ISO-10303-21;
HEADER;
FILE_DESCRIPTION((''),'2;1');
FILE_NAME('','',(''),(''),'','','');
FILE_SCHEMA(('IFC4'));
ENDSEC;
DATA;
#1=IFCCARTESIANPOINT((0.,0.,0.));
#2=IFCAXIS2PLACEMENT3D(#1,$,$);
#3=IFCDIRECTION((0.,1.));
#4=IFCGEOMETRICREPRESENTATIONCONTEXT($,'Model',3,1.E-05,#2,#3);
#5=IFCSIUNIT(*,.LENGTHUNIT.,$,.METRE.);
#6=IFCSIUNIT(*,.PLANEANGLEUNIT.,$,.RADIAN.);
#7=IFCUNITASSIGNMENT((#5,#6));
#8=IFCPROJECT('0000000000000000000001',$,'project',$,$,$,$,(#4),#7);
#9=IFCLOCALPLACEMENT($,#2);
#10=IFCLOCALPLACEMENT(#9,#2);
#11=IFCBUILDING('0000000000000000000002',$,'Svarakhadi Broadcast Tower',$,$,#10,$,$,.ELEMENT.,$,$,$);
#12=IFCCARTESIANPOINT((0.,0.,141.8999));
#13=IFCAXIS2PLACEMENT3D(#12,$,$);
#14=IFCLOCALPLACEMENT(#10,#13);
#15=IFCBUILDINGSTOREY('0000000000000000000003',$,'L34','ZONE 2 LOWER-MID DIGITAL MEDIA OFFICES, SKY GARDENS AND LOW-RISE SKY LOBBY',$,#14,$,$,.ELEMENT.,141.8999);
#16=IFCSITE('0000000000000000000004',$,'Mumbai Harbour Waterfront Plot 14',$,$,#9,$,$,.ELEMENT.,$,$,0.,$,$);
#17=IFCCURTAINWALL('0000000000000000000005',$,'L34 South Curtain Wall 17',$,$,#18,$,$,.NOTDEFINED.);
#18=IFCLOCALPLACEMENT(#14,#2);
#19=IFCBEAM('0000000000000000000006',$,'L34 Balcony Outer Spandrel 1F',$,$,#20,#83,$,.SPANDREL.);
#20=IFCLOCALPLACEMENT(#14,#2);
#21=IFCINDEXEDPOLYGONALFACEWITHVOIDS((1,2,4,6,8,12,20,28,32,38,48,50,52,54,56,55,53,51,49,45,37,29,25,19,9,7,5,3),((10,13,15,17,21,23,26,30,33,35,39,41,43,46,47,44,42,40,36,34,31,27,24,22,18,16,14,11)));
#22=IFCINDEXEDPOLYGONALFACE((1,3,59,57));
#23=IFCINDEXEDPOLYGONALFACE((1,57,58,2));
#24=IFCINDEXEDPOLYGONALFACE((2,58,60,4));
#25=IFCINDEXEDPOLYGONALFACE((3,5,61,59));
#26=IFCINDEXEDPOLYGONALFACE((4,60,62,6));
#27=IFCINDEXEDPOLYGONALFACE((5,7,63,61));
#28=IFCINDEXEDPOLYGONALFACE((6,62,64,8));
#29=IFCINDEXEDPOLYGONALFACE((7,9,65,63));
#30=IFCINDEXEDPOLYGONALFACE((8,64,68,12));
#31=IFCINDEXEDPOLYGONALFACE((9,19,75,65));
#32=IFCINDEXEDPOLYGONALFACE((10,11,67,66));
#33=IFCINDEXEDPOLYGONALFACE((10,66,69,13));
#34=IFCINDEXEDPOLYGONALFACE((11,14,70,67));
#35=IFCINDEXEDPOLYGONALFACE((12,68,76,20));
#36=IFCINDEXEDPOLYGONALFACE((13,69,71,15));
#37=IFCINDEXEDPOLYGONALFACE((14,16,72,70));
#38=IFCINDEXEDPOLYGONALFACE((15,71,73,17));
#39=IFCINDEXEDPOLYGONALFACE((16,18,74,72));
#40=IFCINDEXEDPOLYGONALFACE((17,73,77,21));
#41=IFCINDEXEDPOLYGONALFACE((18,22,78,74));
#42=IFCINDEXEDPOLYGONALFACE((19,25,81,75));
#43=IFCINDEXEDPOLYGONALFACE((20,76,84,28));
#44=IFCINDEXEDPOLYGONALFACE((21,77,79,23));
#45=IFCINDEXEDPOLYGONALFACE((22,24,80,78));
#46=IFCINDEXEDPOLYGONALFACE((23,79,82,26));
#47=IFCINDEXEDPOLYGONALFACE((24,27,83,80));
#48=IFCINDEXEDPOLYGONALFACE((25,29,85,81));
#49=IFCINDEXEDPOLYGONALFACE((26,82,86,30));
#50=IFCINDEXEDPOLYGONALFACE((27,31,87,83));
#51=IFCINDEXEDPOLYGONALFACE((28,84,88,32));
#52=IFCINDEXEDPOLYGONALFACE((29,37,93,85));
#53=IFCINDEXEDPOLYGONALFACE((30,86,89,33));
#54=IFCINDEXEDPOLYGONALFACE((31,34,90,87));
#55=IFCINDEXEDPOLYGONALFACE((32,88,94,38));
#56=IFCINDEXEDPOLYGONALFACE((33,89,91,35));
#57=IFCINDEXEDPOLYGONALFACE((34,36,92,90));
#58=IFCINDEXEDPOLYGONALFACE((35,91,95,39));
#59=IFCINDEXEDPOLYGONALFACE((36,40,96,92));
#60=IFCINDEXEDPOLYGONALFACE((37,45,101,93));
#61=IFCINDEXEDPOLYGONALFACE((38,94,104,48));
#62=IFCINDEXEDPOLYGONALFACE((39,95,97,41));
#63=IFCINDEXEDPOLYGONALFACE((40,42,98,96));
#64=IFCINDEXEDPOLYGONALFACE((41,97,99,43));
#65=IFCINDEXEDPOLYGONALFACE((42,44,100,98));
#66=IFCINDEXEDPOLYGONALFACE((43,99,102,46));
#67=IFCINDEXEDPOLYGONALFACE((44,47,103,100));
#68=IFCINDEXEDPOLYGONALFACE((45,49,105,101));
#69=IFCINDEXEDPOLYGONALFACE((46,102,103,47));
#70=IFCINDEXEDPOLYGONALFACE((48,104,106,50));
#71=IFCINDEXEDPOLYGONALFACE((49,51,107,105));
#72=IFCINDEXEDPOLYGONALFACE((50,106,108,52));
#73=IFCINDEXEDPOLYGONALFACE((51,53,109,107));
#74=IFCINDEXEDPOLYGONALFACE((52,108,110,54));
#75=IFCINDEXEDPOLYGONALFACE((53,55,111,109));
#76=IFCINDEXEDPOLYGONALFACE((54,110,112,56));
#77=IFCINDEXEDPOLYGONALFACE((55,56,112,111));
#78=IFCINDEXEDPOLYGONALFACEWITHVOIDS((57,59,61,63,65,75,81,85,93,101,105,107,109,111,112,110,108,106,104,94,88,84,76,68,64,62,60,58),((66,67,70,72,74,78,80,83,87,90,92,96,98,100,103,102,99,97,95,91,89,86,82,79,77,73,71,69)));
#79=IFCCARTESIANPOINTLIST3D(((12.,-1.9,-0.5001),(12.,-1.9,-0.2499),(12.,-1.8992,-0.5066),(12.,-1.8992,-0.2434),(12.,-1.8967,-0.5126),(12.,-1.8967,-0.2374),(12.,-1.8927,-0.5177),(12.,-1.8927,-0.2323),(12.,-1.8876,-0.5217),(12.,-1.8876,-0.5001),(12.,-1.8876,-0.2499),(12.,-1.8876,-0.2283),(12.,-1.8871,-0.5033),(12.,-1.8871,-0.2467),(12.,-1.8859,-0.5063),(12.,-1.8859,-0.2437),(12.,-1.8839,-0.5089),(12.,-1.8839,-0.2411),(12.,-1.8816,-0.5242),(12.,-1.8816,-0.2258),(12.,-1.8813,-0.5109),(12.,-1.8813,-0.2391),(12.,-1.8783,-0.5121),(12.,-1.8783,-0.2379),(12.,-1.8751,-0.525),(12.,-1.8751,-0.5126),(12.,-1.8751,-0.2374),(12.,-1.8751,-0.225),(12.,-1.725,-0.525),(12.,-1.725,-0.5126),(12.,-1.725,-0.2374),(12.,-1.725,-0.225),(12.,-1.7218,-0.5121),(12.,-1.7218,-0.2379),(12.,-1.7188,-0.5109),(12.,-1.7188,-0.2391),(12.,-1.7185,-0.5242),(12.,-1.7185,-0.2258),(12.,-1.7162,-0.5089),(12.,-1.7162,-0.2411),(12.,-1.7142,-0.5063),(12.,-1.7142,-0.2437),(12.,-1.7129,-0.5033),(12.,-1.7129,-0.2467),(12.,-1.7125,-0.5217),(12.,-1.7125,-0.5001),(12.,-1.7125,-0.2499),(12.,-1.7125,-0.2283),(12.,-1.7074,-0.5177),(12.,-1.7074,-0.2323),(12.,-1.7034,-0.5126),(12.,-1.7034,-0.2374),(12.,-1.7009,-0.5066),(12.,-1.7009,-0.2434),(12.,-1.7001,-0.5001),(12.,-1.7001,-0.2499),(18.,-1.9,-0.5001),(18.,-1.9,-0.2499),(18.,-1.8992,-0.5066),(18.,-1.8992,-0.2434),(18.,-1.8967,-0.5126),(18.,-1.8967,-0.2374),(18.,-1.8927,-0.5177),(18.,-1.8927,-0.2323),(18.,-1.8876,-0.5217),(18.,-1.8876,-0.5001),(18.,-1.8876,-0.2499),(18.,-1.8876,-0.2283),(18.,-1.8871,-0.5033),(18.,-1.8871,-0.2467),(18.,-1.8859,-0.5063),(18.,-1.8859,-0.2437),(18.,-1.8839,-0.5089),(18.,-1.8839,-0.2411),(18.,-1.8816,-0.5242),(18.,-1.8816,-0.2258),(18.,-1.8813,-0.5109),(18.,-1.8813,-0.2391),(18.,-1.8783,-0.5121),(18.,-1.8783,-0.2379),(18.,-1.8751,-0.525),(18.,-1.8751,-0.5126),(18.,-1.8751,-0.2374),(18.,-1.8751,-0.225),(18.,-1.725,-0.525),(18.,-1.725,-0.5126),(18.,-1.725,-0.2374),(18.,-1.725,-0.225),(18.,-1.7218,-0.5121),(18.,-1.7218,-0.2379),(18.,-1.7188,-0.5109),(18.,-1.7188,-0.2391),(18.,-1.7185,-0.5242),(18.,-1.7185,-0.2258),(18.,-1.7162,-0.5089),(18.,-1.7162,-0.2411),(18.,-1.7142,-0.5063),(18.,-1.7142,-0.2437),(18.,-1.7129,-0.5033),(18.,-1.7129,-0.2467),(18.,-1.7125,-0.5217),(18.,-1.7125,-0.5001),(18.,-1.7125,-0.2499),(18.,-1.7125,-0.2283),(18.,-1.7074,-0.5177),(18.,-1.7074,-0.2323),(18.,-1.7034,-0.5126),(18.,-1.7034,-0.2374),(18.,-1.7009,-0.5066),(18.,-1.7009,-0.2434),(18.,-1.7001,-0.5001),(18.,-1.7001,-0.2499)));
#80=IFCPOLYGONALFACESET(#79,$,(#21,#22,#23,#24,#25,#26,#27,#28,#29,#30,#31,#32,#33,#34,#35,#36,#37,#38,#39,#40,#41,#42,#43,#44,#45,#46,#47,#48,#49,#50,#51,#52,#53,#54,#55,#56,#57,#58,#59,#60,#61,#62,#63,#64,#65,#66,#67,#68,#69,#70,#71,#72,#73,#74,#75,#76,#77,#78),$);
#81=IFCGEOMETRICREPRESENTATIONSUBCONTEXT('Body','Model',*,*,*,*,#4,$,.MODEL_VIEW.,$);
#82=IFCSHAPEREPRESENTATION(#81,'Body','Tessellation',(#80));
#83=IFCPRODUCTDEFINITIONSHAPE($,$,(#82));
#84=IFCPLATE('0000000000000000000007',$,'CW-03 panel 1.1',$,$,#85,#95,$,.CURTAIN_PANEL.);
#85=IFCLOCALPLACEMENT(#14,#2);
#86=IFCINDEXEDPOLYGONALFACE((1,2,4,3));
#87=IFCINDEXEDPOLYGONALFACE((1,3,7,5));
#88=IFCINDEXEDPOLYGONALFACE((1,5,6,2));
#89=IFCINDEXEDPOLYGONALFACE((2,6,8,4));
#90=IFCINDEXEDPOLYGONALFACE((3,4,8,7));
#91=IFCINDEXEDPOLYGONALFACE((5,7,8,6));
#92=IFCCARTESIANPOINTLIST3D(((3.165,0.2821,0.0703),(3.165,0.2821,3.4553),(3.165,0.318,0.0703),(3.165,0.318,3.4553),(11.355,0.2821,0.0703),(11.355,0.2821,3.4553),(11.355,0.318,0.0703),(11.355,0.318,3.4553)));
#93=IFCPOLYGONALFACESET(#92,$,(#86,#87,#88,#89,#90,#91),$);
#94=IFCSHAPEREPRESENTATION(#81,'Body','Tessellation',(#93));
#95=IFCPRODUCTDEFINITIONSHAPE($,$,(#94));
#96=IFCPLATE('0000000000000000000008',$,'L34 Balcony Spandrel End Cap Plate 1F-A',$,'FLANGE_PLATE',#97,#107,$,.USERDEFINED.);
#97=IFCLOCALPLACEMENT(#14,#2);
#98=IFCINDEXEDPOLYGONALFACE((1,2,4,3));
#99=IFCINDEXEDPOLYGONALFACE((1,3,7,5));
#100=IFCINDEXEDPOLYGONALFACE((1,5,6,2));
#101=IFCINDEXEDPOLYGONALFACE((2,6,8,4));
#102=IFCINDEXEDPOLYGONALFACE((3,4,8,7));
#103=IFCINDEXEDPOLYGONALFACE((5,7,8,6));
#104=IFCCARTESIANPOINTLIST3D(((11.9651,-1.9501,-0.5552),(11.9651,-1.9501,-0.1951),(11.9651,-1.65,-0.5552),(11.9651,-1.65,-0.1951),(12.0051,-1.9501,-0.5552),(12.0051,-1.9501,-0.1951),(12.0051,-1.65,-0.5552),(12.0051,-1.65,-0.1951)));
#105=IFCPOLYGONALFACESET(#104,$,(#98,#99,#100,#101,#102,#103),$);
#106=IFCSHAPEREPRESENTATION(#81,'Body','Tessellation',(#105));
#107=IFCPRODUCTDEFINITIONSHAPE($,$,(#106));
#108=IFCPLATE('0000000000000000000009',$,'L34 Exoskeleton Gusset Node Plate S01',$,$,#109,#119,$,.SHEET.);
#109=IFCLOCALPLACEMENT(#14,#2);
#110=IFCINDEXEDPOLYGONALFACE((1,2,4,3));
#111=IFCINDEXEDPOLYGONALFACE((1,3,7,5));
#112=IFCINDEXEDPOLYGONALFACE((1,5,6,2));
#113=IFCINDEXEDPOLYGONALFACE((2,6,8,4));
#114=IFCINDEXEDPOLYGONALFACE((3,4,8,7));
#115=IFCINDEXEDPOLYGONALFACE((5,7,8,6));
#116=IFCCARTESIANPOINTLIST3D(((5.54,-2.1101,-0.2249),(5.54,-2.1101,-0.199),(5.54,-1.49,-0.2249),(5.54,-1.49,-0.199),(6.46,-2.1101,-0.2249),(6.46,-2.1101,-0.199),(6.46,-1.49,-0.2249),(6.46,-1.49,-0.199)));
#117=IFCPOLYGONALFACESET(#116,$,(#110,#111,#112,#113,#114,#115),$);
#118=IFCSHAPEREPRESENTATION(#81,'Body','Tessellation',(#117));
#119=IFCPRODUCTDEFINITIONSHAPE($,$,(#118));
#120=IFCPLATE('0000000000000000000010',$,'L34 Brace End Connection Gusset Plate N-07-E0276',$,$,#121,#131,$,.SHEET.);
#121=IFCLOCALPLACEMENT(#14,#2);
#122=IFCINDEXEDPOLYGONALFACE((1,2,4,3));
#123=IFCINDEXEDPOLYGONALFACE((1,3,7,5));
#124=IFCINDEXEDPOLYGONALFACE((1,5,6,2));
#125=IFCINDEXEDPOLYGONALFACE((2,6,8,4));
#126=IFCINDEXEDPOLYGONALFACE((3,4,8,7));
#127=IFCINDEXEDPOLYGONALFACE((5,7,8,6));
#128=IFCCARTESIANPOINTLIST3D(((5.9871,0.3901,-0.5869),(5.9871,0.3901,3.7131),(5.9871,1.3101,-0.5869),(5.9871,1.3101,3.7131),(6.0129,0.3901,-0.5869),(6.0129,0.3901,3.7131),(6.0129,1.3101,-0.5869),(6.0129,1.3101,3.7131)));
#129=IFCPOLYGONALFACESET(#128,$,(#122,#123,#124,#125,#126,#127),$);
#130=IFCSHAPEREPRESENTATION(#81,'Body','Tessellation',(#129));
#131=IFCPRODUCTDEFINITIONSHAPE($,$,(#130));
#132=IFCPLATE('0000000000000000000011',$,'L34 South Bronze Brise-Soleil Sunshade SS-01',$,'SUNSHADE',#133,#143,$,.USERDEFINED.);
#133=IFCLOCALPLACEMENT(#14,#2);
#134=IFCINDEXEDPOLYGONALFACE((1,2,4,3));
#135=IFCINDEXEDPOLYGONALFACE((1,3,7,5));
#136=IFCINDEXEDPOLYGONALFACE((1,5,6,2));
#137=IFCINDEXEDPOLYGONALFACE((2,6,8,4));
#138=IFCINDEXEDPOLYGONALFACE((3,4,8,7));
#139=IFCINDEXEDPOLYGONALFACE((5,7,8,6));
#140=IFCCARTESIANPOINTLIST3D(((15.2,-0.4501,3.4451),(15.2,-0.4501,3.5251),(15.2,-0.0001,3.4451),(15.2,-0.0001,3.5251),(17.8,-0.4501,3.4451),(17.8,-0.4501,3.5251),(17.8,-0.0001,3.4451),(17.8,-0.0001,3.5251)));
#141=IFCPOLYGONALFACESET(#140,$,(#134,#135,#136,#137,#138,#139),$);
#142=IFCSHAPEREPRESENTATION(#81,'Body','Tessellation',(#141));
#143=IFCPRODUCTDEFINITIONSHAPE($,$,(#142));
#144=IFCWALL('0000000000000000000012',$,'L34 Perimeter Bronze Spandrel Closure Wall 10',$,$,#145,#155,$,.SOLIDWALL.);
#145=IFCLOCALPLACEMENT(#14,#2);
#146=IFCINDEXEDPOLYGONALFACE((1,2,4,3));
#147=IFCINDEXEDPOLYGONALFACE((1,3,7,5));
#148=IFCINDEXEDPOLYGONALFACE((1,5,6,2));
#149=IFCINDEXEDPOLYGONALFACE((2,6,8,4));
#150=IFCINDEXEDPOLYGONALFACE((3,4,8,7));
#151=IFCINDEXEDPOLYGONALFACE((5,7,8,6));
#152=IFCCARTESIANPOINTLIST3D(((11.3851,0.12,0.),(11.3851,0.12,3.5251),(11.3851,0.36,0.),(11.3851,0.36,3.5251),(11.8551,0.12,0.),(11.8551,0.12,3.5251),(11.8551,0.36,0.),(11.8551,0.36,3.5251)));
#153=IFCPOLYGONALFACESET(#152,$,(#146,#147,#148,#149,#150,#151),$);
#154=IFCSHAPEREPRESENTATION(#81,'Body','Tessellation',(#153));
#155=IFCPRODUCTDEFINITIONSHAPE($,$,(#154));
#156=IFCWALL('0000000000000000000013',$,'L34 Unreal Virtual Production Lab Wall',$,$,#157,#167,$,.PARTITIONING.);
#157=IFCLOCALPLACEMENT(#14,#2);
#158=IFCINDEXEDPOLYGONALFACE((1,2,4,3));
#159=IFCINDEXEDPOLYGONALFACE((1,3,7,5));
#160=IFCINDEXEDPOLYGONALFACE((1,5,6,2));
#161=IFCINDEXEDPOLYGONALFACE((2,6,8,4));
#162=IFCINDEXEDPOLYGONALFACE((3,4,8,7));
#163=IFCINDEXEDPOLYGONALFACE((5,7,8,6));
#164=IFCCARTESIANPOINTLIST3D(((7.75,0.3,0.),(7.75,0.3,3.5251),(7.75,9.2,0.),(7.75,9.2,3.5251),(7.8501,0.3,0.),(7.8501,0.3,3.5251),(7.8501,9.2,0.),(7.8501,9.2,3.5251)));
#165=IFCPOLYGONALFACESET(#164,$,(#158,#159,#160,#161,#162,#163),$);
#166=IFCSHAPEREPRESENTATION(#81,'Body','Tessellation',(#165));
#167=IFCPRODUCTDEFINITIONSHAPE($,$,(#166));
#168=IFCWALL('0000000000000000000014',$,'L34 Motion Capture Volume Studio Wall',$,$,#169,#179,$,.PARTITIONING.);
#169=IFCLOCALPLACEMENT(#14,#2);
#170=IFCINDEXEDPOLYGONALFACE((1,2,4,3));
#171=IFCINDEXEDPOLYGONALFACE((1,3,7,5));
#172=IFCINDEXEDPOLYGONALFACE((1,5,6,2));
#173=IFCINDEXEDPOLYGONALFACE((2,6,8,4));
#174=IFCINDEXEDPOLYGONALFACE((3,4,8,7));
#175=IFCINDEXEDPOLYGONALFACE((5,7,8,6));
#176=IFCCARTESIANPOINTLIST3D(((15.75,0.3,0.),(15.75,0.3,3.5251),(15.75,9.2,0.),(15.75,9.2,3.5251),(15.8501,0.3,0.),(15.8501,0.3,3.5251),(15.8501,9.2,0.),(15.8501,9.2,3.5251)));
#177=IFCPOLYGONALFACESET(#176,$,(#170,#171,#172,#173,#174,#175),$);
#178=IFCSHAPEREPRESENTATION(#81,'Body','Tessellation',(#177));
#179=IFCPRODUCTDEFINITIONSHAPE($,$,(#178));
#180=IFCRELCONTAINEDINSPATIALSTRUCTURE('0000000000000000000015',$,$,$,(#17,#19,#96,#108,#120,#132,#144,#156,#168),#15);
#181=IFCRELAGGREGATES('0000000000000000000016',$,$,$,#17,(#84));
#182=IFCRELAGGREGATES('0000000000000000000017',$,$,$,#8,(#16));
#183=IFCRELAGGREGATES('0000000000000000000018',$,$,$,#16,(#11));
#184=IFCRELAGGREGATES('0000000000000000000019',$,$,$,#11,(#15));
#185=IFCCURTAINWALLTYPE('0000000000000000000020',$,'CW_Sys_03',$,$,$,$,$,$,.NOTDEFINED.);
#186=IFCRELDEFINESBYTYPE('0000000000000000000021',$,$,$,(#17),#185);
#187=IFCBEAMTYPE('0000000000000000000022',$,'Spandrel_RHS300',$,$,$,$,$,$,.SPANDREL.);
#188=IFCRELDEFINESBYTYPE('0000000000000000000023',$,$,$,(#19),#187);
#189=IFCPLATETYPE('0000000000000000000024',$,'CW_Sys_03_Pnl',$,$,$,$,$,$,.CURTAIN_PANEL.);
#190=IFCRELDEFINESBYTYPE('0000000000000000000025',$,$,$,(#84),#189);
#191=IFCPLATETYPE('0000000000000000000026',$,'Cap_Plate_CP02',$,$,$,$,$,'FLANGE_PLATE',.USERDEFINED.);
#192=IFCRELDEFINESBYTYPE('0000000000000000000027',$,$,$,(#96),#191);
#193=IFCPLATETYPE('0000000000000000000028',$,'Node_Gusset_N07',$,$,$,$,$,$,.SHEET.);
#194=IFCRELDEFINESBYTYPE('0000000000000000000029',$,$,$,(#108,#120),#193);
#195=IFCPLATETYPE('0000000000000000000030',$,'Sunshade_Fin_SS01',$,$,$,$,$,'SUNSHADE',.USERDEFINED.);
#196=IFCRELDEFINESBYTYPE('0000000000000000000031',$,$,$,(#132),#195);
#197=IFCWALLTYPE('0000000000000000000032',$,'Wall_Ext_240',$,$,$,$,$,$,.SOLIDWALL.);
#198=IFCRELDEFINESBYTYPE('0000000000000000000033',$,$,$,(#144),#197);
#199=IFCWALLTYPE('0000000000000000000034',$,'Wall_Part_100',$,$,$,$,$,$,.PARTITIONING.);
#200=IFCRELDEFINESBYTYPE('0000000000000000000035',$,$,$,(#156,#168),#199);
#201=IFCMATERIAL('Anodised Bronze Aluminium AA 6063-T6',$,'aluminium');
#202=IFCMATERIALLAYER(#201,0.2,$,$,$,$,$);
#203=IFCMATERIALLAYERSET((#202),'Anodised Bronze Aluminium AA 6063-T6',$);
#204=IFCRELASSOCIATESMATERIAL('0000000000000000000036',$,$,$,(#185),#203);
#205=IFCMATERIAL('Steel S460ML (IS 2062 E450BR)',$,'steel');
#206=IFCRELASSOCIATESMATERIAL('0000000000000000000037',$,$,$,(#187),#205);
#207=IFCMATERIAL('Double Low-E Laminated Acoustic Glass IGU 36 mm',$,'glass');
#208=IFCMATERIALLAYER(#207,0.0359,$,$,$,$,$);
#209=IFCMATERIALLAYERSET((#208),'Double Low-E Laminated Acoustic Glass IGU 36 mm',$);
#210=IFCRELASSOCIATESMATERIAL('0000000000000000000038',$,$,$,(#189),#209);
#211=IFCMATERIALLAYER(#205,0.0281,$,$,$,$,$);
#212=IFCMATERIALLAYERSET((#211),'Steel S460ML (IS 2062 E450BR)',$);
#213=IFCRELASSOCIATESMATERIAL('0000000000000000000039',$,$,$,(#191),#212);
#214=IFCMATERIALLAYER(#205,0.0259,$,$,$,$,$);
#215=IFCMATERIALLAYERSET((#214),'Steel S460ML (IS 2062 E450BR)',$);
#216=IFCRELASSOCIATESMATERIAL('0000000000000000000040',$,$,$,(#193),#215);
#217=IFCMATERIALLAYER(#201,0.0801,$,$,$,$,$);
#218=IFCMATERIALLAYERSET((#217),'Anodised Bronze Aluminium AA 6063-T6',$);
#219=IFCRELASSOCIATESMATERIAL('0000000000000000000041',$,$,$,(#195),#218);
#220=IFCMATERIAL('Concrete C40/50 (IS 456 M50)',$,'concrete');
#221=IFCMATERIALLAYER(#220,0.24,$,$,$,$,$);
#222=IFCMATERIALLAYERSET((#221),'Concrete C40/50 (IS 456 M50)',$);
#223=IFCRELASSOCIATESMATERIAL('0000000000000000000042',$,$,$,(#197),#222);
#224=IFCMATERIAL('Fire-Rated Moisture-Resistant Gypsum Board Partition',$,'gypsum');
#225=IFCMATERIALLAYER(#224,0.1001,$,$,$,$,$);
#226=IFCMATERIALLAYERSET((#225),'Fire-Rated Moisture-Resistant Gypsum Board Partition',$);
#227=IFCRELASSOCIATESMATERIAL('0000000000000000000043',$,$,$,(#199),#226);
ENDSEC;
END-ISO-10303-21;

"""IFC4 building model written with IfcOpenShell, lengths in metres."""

from ifc_helpers import new_model, si_unit, direction, frame, frame_2d, origin, origin_2d, place, context, subcontext, project, spatial, rectangle, hollow_rectangle, extrude, material, layer, layer_set, material_profile, profile_set, type_object, element, aggregate, save


model = new_model("IFC4")

# Units and contexts
model_context = context("Model", 3, precision=1e-05, world=origin(), true_north=direction((0.0, 1.0)))
body_context = subcontext(model_context, "Body", "Model", "MODEL_VIEW")
ifc_project = project(units=[si_unit("LENGTHUNIT", "METRE"), si_unit("PLANEANGLEUNIT", "RADIAN")], contexts=[model_context])

# Site, building, storey
site_placement = place(None, origin())
site = spatial("IfcSite", under=ifc_project, at=site_placement, Name="Mumbai Harbour Waterfront Plot 14", CompositionType="ELEMENT", RefElevation=0.0)
building_placement = place(site_placement, origin())
building = spatial("IfcBuilding", under=site, at=building_placement, Name="Svarakhadi Broadcast Tower", CompositionType="ELEMENT")
storey_placement = place(building_placement, frame((0.0, 0.0, 141.8999)))
storey = spatial("IfcBuildingStorey", under=building, at=storey_placement, Name="L34", Description="ZONE 2 LOWER-MID DIGITAL MEDIA OFFICES, SKY GARDENS AND LOW-RISE SKY LOBBY", CompositionType="ELEMENT", Elevation=141.8999)

# Shared definitions
ifc_material_1 = material(Name="Steel S460ML (IS 2062 E450BR)", Category="steel")

# Curtain wall
ifc_material_2 = material(Name="Anodised Bronze Aluminium AA 6063-T6", Category="aluminium")
ifc_layer_1 = layer(ifc_material_2, 0.2)
ifc_layer_set_1 = layer_set([ifc_layer_1], Name="Anodised Bronze Aluminium AA 6063-T6")
curtain_wall_type = type_object("IfcCurtainWallType", Name="CW_Sys_03", PredefinedType="NOTDEFINED", material=ifc_layer_set_1)
curtain_wall_placement = place(storey_placement, origin())
curtain_wall = element("IfcCurtainWall", 1, at=curtain_wall_placement, inside=storey, type_object=curtain_wall_type, Name="L34 South Curtain Wall 17", PredefinedType="NOTDEFINED")

# Beam
ifc_material_profile_1 = material_profile(ifc_material_1, hollow_rectangle(XDim=0.2, YDim=0.3, WallThickness=0.0125, InnerFilletRadius=0.0125, OuterFilletRadius=0.0249, at=origin_2d()), Name="RHS 300x200x12.5")
ifc_profile_set_1 = profile_set([ifc_material_profile_1], Name="Steel S460ML (IS 2062 E450BR)")
beam_type_1 = type_object("IfcBeamType", Name="Spandrel_RHS300", PredefinedType="SPANDREL", material=ifc_profile_set_1)
beam_1_placement = place(storey_placement, frame((12.0, -1.8, -0.375), z_axis=(1.0, 0.0, 0.0), x_axis=(0.0, 1.0, 0.0)))
element("IfcBeam", 2, at=beam_1_placement, inside=storey, type_object=beam_type_1, Name="L34 Balcony Outer Spandrel 1F", PredefinedType="SPANDREL", context=body_context, shape_type="SweptSolid", body=[
    extrude(hollow_rectangle(XDim=0.2, YDim=0.3, WallThickness=0.0125, InnerFilletRadius=0.0125, OuterFilletRadius=0.0249, at=origin_2d()), origin(), (0.0, 0.0, 1.0), 6.0),
])

# Plate
ifc_material_3 = material(Name="Double Low-E Laminated Acoustic Glass IGU 36 mm", Category="glass")
ifc_layer_2 = layer(ifc_material_3, 0.0359)
ifc_layer_set_2 = layer_set([ifc_layer_2], Name="Double Low-E Laminated Acoustic Glass IGU 36 mm")
plate_type_1 = type_object("IfcPlateType", Name="CW_Sys_03_Pnl", PredefinedType="CURTAIN_PANEL", material=ifc_layer_set_2)
plate_1_placement = place(storey_placement, frame((7.26, 0.3, 0.0703), z_axis=(0.0, 0.0, 1.0), x_axis=(-1.0, 0.0, 0.0)))
plate_1 = element("IfcPlate", 3, at=plate_1_placement, type_object=plate_type_1, Name="CW-03 panel 1.1", PredefinedType="CURTAIN_PANEL", context=body_context, shape_type="SweptSolid", body=[
    extrude(rectangle(XDim=8.1899, YDim=0.0359, at=origin_2d()), origin(), (0.0, 0.0, 1.0), 3.385),
])
aggregate(curtain_wall, [plate_1])

# Plates
ifc_layer_3 = layer(ifc_material_1, 0.0281)
ifc_layer_set_3 = layer_set([ifc_layer_3], Name="Steel S460ML (IS 2062 E450BR)")
plate_type_2 = type_object("IfcPlateType", Name="Cap_Plate_CP02", ElementType="FLANGE_PLATE", PredefinedType="USERDEFINED", material=ifc_layer_set_3)
plate_2_placement = place(storey_placement, frame((11.9851, -1.8, -0.5552), z_axis=(0.0, 0.0, 1.0), x_axis=(1.0, 0.0, 0.0)))
element("IfcPlate", 4, at=plate_2_placement, inside=storey, type_object=plate_type_2, Name="L34 Balcony Spandrel End Cap Plate 1F-A", ObjectType="FLANGE_PLATE", PredefinedType="USERDEFINED", context=body_context, shape_type="SweptSolid", body=[
    extrude(rectangle(XDim=0.04, YDim=0.3, at=origin_2d()), origin(), (0.0, 0.0, 1.0), 0.3601),
])
ifc_layer_4 = layer(ifc_material_1, 0.0259)
ifc_layer_set_4 = layer_set([ifc_layer_4], Name="Steel S460ML (IS 2062 E450BR)")
plate_type_3 = type_object("IfcPlateType", Name="Node_Gusset_N07", PredefinedType="SHEET", material=ifc_layer_set_4)
plate_3_placement = place(storey_placement, frame((6.0, -1.8, -0.2249), z_axis=(0.0, 0.0, 1.0), x_axis=(1.0, 0.0, 0.0)))
element("IfcPlate", 5, at=plate_3_placement, inside=storey, type_object=plate_type_3, Name="L34 Exoskeleton Gusset Node Plate S01", PredefinedType="SHEET", context=body_context, shape_type="SweptSolid", body=[
    extrude(rectangle(XDim=0.9199, YDim=0.6201, at=origin_2d()), origin(), (0.0, 0.0, 1.0), 0.0259),
])
plate_4_placement = place(storey_placement, frame((6.0, 0.8501, -0.5869), z_axis=(0.0, 0.0, 1.0), x_axis=(0.0, 1.0, 0.0)))
element("IfcPlate", 6, at=plate_4_placement, inside=storey, type_object=plate_type_3, Name="L34 Brace End Connection Gusset Plate N-07-E0276", PredefinedType="SHEET", context=body_context, shape_type="SweptSolid", body=[
    extrude(rectangle(XDim=0.9199, YDim=0.0259, at=origin_2d()), origin(), (0.0, 0.0, 1.0), 4.3),
])
ifc_layer_5 = layer(ifc_material_2, 0.0801)
ifc_layer_set_5 = layer_set([ifc_layer_5], Name="Anodised Bronze Aluminium AA 6063-T6")
plate_type_4 = type_object("IfcPlateType", Name="Sunshade_Fin_SS01", ElementType="SUNSHADE", PredefinedType="USERDEFINED", material=ifc_layer_set_5)
plate_5_placement = place(storey_placement, frame((16.5, -0.2251, 3.4451), z_axis=(0.0, 0.0, 1.0), x_axis=(1.0, 0.0, 0.0)))
element("IfcPlate", 7, at=plate_5_placement, inside=storey, type_object=plate_type_4, Name="L34 South Bronze Brise-Soleil Sunshade SS-01", ObjectType="SUNSHADE", PredefinedType="USERDEFINED", context=body_context, shape_type="SweptSolid", body=[
    extrude(rectangle(XDim=2.6001, YDim=0.45, at=origin_2d()), origin(), (0.0, 0.0, 1.0), 0.0801),
])

# Walls
ifc_material_4 = material(Name="Concrete C40/50 (IS 456 M50)", Category="concrete")
ifc_layer_6 = layer(ifc_material_4, 0.24)
ifc_layer_set_6 = layer_set([ifc_layer_6], Name="Concrete C40/50 (IS 456 M50)")
wall_type_1 = type_object("IfcWallType", Name="Wall_Ext_240", PredefinedType="SOLIDWALL", material=ifc_layer_set_6)
wall_placement = place(storey_placement, frame((11.855, 0.24, 0.0), z_axis=(0.0, 0.0, 1.0), x_axis=(-1.0, 0.0, 0.0)))
element("IfcWall", 8, at=wall_placement, inside=storey, type_object=wall_type_1, Name="L34 Perimeter Bronze Spandrel Closure Wall 10", PredefinedType="SOLIDWALL", context=body_context, shape_type="SweptSolid", body=[
    extrude(rectangle(XDim=0.47, YDim=0.24, at=frame_2d((0.2349, 0.0))), origin(), (0.0, 0.0, 1.0), 3.5251),
])
ifc_material_5 = material(Name="Fire-Rated Moisture-Resistant Gypsum Board Partition", Category="gypsum")
ifc_layer_7 = layer(ifc_material_5, 0.1001)
ifc_layer_set_7 = layer_set([ifc_layer_7], Name="Fire-Rated Moisture-Resistant Gypsum Board Partition")
wall_type_2 = type_object("IfcWallType", Name="Wall_Part_100", PredefinedType="PARTITIONING", material=ifc_layer_set_7)
for number, where, z_axis, x_axis, name in (
    (9, (7.8, 0.3, 0.0), (0.0, 0.0, 1.0), (0.0, 1.0, 0.0), "L34 Unreal Virtual Production Lab Wall"),
    (10, (15.8, 0.3, 0.0), (0.0, 0.0, 1.0), (0.0, 1.0, 0.0), "L34 Motion Capture Volume Studio Wall"),
):
    element("IfcWall", number, at=place(storey_placement, frame(where, z_axis=z_axis, x_axis=x_axis)), inside=storey, type_object=wall_type_2, Name=name, PredefinedType="PARTITIONING", context=body_context, shape_type="SweptSolid", body=[
        extrude(rectangle(XDim=8.8999, YDim=0.1001, at=frame_2d((4.45, 0.0))), origin(), (0.0, 0.0, 1.0), 3.5251),
    ])

save(model, "model.ifc")
